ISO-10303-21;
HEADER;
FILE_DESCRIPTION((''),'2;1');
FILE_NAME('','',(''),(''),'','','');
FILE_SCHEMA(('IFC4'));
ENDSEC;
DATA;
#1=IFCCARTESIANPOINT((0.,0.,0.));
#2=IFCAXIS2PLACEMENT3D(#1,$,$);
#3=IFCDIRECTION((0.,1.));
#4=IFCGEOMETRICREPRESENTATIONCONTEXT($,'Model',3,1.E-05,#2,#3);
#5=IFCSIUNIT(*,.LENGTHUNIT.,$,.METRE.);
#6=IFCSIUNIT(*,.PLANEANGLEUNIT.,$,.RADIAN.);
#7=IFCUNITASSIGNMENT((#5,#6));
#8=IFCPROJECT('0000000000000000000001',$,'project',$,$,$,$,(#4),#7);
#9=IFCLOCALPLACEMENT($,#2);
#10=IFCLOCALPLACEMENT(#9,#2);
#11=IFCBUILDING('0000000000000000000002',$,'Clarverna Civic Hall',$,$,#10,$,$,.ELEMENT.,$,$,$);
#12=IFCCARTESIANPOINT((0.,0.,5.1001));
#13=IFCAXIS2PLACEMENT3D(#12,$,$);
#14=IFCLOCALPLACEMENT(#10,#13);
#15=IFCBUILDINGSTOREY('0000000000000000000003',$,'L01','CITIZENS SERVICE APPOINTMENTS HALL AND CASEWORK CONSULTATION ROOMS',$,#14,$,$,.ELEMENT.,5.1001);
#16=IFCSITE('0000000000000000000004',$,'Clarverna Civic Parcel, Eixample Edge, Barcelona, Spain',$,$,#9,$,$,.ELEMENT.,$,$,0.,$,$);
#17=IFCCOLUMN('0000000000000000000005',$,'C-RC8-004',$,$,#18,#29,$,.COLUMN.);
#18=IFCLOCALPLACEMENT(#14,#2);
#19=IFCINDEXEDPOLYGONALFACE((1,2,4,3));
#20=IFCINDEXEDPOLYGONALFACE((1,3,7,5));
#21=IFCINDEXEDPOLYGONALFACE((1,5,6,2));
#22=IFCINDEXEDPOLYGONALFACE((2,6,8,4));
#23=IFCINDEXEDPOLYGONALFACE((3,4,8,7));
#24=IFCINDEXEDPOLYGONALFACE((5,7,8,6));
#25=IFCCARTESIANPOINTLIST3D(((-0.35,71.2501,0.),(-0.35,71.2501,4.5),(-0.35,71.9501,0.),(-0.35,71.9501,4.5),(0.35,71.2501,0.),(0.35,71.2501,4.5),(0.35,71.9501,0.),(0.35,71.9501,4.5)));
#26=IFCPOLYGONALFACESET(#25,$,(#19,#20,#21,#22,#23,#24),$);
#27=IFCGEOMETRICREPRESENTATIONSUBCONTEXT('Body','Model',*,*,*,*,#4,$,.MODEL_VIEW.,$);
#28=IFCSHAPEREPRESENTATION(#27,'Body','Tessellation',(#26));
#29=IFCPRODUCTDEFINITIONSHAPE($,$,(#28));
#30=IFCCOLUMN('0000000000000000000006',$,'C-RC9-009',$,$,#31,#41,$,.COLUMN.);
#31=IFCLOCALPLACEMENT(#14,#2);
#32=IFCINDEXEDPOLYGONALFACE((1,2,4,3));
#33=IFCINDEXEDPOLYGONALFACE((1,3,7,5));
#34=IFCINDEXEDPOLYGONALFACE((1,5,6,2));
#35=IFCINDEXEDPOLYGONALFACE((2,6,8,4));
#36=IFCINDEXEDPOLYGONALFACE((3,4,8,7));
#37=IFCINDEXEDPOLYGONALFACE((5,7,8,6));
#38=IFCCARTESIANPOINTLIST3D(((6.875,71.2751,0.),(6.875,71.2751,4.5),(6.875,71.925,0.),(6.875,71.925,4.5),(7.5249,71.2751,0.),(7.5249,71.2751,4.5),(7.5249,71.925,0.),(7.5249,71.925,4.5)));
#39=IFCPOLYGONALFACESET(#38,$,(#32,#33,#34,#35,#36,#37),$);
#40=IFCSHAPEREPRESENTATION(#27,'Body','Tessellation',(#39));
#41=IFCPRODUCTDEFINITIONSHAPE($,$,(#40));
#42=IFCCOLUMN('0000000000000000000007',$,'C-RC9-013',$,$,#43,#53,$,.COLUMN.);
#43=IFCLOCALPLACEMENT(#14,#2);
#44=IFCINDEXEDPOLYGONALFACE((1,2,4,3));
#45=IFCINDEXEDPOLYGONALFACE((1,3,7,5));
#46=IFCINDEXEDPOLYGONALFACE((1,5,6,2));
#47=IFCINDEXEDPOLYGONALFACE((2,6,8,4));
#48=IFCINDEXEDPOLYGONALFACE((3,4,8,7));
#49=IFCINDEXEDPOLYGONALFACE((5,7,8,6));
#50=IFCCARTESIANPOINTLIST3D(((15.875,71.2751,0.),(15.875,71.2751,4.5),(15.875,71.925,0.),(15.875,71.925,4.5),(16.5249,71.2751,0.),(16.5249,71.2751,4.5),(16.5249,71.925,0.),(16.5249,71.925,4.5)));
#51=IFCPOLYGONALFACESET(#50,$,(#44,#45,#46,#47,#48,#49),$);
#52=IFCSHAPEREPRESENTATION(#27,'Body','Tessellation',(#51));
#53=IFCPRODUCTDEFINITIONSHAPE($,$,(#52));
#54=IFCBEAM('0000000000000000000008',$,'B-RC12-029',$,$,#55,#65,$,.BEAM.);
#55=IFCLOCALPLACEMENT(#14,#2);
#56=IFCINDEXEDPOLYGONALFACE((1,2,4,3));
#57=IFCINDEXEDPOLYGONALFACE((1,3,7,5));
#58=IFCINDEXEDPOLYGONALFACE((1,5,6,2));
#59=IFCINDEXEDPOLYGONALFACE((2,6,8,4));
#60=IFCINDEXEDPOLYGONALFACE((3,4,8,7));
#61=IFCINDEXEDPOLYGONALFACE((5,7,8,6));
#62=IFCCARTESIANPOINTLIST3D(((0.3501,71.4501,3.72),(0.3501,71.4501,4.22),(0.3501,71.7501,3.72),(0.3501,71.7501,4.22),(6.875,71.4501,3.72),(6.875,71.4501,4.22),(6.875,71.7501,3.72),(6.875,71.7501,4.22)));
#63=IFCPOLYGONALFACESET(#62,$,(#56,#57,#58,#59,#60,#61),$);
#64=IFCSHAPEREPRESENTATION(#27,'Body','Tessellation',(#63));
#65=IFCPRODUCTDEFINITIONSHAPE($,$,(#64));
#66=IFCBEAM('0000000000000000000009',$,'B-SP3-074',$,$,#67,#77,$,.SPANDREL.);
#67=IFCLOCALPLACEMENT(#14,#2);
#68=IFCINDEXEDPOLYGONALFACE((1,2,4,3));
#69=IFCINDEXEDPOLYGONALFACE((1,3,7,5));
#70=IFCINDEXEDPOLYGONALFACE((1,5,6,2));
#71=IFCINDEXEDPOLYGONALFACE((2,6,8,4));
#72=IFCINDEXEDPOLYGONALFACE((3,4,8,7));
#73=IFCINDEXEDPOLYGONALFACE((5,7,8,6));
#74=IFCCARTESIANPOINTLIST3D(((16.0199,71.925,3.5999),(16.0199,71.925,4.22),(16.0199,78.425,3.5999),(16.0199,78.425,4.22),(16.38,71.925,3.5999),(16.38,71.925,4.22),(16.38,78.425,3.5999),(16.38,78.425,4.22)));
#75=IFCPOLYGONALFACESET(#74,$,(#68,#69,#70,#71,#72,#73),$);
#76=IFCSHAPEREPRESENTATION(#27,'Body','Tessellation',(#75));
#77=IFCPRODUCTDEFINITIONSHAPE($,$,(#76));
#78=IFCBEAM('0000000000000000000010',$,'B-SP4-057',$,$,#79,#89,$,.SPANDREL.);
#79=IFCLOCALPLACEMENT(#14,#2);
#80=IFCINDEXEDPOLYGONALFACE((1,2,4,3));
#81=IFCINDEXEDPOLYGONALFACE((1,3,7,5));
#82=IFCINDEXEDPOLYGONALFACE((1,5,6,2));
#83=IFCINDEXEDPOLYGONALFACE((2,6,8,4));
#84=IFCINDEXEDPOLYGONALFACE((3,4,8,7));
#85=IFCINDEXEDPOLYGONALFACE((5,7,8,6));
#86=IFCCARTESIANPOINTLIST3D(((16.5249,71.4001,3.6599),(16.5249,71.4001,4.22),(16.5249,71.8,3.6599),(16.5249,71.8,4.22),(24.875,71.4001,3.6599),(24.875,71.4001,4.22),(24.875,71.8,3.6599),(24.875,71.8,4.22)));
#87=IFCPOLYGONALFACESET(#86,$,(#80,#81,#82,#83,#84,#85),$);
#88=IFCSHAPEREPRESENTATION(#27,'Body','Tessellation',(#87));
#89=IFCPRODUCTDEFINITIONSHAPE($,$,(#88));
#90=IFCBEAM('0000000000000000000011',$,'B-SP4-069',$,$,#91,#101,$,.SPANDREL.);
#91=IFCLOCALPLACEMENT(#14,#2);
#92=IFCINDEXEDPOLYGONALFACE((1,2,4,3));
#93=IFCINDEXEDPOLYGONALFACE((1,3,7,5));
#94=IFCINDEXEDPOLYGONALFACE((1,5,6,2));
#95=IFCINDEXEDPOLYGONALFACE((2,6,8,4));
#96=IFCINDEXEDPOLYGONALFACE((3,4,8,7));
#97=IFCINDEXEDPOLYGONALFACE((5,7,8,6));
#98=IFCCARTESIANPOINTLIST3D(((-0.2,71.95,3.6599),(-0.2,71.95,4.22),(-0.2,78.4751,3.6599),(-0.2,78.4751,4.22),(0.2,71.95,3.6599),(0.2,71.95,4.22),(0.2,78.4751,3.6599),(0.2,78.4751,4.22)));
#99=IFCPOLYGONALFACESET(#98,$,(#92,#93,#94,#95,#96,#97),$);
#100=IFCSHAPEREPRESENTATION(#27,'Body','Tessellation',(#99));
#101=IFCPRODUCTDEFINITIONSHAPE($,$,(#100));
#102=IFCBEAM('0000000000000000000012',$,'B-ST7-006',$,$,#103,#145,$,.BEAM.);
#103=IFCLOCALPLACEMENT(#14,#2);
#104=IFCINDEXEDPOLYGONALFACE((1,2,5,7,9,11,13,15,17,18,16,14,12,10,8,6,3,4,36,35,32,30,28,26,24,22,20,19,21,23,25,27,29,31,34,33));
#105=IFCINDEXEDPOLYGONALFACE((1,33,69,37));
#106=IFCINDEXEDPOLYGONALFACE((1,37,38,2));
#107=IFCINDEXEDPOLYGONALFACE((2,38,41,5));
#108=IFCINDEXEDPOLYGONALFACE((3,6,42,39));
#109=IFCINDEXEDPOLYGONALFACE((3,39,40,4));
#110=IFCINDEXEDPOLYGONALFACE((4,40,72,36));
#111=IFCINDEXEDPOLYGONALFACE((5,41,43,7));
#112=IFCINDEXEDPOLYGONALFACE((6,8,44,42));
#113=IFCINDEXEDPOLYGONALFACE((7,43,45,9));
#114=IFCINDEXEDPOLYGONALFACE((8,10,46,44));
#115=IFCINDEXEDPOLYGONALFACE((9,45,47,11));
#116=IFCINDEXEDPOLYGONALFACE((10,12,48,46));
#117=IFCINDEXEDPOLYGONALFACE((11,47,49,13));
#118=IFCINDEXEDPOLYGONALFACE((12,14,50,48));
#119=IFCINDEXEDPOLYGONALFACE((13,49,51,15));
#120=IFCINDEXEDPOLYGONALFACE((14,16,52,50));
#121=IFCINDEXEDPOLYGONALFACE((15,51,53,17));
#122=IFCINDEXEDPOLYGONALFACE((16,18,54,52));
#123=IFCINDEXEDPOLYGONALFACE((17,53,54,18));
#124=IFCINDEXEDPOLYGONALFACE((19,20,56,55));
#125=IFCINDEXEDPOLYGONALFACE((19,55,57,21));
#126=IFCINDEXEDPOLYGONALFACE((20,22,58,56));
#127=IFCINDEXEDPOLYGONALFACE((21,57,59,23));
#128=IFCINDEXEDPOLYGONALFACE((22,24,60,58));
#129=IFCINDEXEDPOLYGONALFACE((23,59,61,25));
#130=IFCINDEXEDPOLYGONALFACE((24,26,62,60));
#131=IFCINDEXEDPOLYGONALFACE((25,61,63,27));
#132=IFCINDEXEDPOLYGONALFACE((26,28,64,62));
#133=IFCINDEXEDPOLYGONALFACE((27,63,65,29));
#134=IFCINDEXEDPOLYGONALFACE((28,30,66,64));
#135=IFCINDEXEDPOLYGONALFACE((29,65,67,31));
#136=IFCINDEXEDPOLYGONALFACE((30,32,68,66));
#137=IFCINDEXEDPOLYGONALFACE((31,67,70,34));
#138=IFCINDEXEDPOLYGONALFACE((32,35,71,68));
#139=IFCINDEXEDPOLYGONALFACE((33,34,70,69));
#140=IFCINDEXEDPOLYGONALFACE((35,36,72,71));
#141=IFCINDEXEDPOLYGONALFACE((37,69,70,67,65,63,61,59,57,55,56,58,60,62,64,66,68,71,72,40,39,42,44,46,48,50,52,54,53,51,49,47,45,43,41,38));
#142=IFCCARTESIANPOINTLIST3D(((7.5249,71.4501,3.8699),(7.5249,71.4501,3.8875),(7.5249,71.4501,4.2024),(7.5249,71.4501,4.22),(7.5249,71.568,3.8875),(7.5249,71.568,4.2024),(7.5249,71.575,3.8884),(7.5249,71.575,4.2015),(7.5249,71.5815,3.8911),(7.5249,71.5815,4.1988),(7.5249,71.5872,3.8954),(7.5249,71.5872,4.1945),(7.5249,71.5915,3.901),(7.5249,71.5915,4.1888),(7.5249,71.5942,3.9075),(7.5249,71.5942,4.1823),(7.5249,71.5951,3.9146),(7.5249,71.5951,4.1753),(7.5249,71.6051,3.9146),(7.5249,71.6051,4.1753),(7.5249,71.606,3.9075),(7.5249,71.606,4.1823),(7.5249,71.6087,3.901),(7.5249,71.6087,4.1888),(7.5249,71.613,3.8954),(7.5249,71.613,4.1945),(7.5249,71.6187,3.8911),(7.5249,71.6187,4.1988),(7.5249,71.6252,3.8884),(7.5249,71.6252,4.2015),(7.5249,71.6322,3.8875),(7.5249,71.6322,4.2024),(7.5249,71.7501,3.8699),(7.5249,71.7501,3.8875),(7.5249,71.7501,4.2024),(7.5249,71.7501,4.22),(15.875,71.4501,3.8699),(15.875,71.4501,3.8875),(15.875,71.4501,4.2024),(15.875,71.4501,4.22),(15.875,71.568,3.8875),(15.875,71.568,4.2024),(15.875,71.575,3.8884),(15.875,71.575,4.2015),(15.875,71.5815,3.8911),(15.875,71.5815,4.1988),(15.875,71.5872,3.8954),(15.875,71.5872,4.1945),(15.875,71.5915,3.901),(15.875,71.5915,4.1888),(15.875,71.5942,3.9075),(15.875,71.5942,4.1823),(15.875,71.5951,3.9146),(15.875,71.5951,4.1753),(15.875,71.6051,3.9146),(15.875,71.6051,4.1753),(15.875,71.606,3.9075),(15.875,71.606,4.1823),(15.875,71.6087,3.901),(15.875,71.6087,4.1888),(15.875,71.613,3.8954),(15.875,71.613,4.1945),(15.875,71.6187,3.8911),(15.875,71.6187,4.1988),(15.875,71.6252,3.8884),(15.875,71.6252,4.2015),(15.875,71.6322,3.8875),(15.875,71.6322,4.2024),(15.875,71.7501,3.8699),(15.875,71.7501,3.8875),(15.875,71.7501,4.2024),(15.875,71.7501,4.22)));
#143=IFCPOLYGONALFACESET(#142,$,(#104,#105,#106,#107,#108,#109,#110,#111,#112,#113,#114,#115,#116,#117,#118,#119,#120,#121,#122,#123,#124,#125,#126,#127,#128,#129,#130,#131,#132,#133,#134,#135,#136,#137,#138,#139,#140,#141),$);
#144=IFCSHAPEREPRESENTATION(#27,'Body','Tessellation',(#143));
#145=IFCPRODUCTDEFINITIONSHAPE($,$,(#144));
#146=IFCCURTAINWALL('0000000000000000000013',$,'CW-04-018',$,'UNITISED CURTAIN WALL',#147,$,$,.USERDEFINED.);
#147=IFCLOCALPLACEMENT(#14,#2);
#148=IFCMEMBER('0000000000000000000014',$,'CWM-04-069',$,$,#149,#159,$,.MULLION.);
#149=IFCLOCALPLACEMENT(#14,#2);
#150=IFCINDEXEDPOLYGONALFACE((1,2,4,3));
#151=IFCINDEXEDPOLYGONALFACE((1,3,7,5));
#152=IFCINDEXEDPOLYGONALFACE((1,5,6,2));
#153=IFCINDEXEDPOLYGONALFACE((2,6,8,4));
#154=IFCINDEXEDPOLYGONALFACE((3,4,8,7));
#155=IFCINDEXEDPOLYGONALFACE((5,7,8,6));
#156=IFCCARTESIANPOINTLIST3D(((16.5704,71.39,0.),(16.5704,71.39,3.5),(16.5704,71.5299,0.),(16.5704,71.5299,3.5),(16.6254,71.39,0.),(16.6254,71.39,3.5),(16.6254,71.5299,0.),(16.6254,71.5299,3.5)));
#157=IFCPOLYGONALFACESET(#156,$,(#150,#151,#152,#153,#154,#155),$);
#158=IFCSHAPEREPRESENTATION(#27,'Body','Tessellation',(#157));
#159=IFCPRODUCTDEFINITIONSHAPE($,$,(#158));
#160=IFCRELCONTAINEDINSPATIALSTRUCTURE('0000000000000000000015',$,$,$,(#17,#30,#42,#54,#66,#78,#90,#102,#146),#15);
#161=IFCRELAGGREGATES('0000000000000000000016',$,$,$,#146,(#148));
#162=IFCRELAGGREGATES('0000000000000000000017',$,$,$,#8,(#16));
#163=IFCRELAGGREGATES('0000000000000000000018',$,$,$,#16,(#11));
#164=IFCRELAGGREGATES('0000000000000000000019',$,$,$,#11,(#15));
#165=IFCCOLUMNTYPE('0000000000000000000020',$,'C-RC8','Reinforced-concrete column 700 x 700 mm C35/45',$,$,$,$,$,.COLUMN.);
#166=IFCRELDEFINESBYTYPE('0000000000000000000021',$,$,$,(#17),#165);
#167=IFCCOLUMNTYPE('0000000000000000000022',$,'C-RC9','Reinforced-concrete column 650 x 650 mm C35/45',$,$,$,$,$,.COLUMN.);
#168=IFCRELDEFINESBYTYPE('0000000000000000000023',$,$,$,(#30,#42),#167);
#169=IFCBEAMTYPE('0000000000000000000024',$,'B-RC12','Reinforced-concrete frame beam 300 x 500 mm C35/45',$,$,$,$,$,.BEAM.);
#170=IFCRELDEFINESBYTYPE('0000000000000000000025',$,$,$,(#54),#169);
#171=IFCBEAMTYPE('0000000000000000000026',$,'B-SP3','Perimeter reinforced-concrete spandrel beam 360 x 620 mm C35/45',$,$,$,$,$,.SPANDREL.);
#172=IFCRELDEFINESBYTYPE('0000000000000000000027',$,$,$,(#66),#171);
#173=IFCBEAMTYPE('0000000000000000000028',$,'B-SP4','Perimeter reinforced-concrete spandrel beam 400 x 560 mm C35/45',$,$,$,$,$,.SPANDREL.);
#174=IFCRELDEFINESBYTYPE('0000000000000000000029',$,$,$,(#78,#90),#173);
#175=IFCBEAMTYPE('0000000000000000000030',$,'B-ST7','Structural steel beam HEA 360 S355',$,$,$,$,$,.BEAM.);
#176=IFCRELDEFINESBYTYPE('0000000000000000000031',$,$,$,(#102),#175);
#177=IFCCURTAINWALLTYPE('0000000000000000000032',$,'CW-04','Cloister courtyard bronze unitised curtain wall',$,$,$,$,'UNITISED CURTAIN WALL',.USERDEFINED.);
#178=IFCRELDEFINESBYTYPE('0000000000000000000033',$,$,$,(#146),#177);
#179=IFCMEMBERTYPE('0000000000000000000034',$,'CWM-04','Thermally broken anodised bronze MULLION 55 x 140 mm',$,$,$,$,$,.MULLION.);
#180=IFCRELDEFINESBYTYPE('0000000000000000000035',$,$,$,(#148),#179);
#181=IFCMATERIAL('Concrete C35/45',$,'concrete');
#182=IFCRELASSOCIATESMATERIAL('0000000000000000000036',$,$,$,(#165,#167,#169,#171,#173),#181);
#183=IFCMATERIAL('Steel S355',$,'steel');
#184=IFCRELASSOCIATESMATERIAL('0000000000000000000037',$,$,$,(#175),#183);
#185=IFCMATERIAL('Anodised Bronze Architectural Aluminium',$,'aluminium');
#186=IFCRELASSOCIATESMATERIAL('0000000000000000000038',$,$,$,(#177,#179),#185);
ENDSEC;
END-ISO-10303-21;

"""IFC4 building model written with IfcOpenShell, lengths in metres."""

from ifc_helpers import new_model, si_unit, direction, frame, origin, origin_2d, place, context, subcontext, project, spatial, rectangle, i_section, extrude, material, material_profile, profile_set, type_object, element, aggregate, save


model = new_model("IFC4")

# Units and contexts
model_context = context("Model", 3, precision=1e-05, world=origin(), true_north=direction((0.0, 1.0)))
body_context = subcontext(model_context, "Body", "Model", "MODEL_VIEW")
ifc_project = project(units=[si_unit("LENGTHUNIT", "METRE"), si_unit("PLANEANGLEUNIT", "RADIAN")], contexts=[model_context])

# Site, building, storey
site_placement = place(None, origin())
site = spatial("IfcSite", under=ifc_project, at=site_placement, Name="Clarverna Civic Parcel, Eixample Edge, Barcelona, Spain", CompositionType="ELEMENT", RefElevation=0.0)
building_placement = place(site_placement, origin())
building = spatial("IfcBuilding", under=site, at=building_placement, Name="Clarverna Civic Hall", CompositionType="ELEMENT")
storey_placement = place(building_placement, frame((0.0, 0.0, 5.1001)))
storey = spatial("IfcBuildingStorey", under=building, at=storey_placement, Name="L01", Description="CITIZENS SERVICE APPOINTMENTS HALL AND CASEWORK CONSULTATION ROOMS", CompositionType="ELEMENT", Elevation=5.1001)

# Columns
ifc_material_1 = material(Name="Concrete C35/45", Category="concrete")
ifc_material_profile_1 = material_profile(ifc_material_1, rectangle(XDim=0.7, YDim=0.7, at=origin_2d()), Name="RC 700x700")
ifc_profile_set_1 = profile_set([ifc_material_profile_1], Name="Concrete C35/45")
column_type_1 = type_object("IfcColumnType", Name="C-RC8", Description="Reinforced-concrete column 700 x 700 mm C35/45", PredefinedType="COLUMN", material=ifc_profile_set_1)
column_placement = place(storey_placement, frame((0.0, 71.6001, 0.0), z_axis=(0.0, 0.0, 1.0), x_axis=(1.0, 0.0, 0.0)))
element("IfcColumn", 1, at=column_placement, inside=storey, type_object=column_type_1, Name="C-RC8-004", PredefinedType="COLUMN", context=body_context, shape_type="SweptSolid", body=[
    extrude(rectangle(XDim=0.7, YDim=0.7, at=origin_2d()), origin(), (0.0, 0.0, 1.0), 4.5),
])
ifc_material_profile_2 = material_profile(ifc_material_1, rectangle(XDim=0.6499, YDim=0.6499, at=origin_2d()), Name="RC 650x650")
ifc_profile_set_2 = profile_set([ifc_material_profile_2], Name="Concrete C35/45")
column_type_2 = type_object("IfcColumnType", Name="C-RC9", Description="Reinforced-concrete column 650 x 650 mm C35/45", PredefinedType="COLUMN", material=ifc_profile_set_2)
for number, where, z_axis, x_axis, name in (
    (2, (7.2, 71.6001, 0.0), (0.0, 0.0, 1.0), (1.0, 0.0, 0.0), "C-RC9-009"),
    (3, (16.2, 71.6001, 0.0), (0.0, 0.0, 1.0), (1.0, 0.0, 0.0), "C-RC9-013"),
):
    element("IfcColumn", number, at=place(storey_placement, frame(where, z_axis=z_axis, x_axis=x_axis)), inside=storey, type_object=column_type_2, Name=name, PredefinedType="COLUMN", context=body_context, shape_type="SweptSolid", body=[
        extrude(rectangle(XDim=0.6499, YDim=0.6499, at=origin_2d()), origin(), (0.0, 0.0, 1.0), 4.5),
    ])

# Beams
ifc_material_profile_3 = material_profile(ifc_material_1, rectangle(XDim=0.3, YDim=0.5, at=origin_2d()), Name="RC 300x500")
ifc_profile_set_3 = profile_set([ifc_material_profile_3], Name="Concrete C35/45")
beam_type_1 = type_object("IfcBeamType", Name="B-RC12", Description="Reinforced-concrete frame beam 300 x 500 mm C35/45", PredefinedType="BEAM", material=ifc_profile_set_3)
beam_1_placement = place(storey_placement, frame((0.3501, 71.6001, 3.97), z_axis=(1.0, 0.0, 0.0), x_axis=(0.0, 1.0, 0.0)))
element("IfcBeam", 4, at=beam_1_placement, inside=storey, type_object=beam_type_1, Name="B-RC12-029", PredefinedType="BEAM", context=body_context, shape_type="SweptSolid", body=[
    extrude(rectangle(XDim=0.3, YDim=0.5, at=origin_2d()), origin(), (0.0, 0.0, 1.0), 6.5249),
])
ifc_material_profile_4 = material_profile(ifc_material_1, rectangle(XDim=0.3601, YDim=0.6201, at=origin_2d()), Name="RC 360x620")
ifc_profile_set_4 = profile_set([ifc_material_profile_4], Name="Concrete C35/45")
beam_type_2 = type_object("IfcBeamType", Name="B-SP3", Description="Perimeter reinforced-concrete spandrel beam 360 x 620 mm C35/45", PredefinedType="SPANDREL", material=ifc_profile_set_4)
beam_2_placement = place(storey_placement, frame((16.2, 71.925, 3.9099), z_axis=(0.0, 1.0, 0.0), x_axis=(-1.0, 0.0, 0.0)))
element("IfcBeam", 5, at=beam_2_placement, inside=storey, type_object=beam_type_2, Name="B-SP3-074", PredefinedType="SPANDREL", context=body_context, shape_type="SweptSolid", body=[
    extrude(rectangle(XDim=0.3601, YDim=0.6201, at=origin_2d()), origin(), (0.0, 0.0, 1.0), 6.5),
])
ifc_material_profile_5 = material_profile(ifc_material_1, rectangle(XDim=0.3999, YDim=0.5601, at=origin_2d()), Name="RC 400x560")
ifc_profile_set_5 = profile_set([ifc_material_profile_5], Name="Concrete C35/45")
beam_type_3 = type_object("IfcBeamType", Name="B-SP4", Description="Perimeter reinforced-concrete spandrel beam 400 x 560 mm C35/45", PredefinedType="SPANDREL", material=ifc_profile_set_5)
beam_3_placement = place(storey_placement, frame((16.5249, 71.6001, 3.9399), z_axis=(1.0, 0.0, 0.0), x_axis=(0.0, 1.0, 0.0)))
element("IfcBeam", 6, at=beam_3_placement, inside=storey, type_object=beam_type_3, Name="B-SP4-057", PredefinedType="SPANDREL", context=body_context, shape_type="SweptSolid", body=[
    extrude(rectangle(XDim=0.3999, YDim=0.5601, at=origin_2d()), origin(), (0.0, 0.0, 1.0), 8.3501),
])
beam_4_placement = place(storey_placement, frame((0.0, 71.95, 3.9399), z_axis=(0.0, 1.0, 0.0), x_axis=(-1.0, 0.0, 0.0)))
element("IfcBeam", 7, at=beam_4_placement, inside=storey, type_object=beam_type_3, Name="B-SP4-069", PredefinedType="SPANDREL", context=body_context, shape_type="SweptSolid", body=[
    extrude(rectangle(XDim=0.3999, YDim=0.5601, at=origin_2d()), origin(), (0.0, 0.0, 1.0), 6.5251),
])
ifc_material_2 = material(Name="Steel S355", Category="steel")
ifc_material_profile_6 = material_profile(ifc_material_2, i_section(OverallWidth=0.3, OverallDepth=0.3501, WebThickness=0.01, FlangeThickness=0.0176, FilletRadius=0.0271, at=origin_2d()), Name="HEA 360")
ifc_profile_set_6 = profile_set([ifc_material_profile_6], Name="Steel S355")
beam_type_4 = type_object("IfcBeamType", Name="B-ST7", Description="Structural steel beam HEA 360 S355", PredefinedType="BEAM", material=ifc_profile_set_6)
beam_5_placement = place(storey_placement, frame((7.5249, 71.6001, 4.0449), z_axis=(1.0, 0.0, 0.0), x_axis=(0.0, 1.0, 0.0)))
element("IfcBeam", 8, at=beam_5_placement, inside=storey, type_object=beam_type_4, Name="B-ST7-006", PredefinedType="BEAM", context=body_context, shape_type="SweptSolid", body=[
    extrude(i_section(OverallWidth=0.3, OverallDepth=0.3501, WebThickness=0.01, FlangeThickness=0.0176, FilletRadius=0.0271, at=origin_2d()), origin(), (0.0, 0.0, 1.0), 8.3501),
])

# Curtain wall, member
ifc_material_3 = material(Name="Anodised Bronze Architectural Aluminium", Category="aluminium")
curtain_wall_type = type_object("IfcCurtainWallType", Name="CW-04", Description="Cloister courtyard bronze unitised curtain wall", ElementType="UNITISED CURTAIN WALL", PredefinedType="USERDEFINED", material=ifc_material_3)
curtain_wall_placement = place(storey_placement, origin())
curtain_wall = element("IfcCurtainWall", 9, at=curtain_wall_placement, inside=storey, type_object=curtain_wall_type, Name="CW-04-018", ObjectType="UNITISED CURTAIN WALL", PredefinedType="USERDEFINED")
ifc_material_profile_7 = material_profile(ifc_material_3, rectangle(XDim=0.0549, YDim=0.1399, at=origin_2d()), Name="BRONZE 55x140")
ifc_profile_set_7 = profile_set([ifc_material_profile_7], Name="Anodised Bronze Architectural Aluminium")
member_type = type_object("IfcMemberType", Name="CWM-04", Description="Thermally broken anodised bronze MULLION 55 x 140 mm", PredefinedType="MULLION", material=ifc_profile_set_7)
member_placement = place(storey_placement, frame((16.5979, 71.46, 0.0), z_axis=(0.0, 0.0, 1.0), x_axis=(1.0, 0.0, 0.0)))
member = element("IfcMember", 10, at=member_placement, type_object=member_type, Name="CWM-04-069", PredefinedType="MULLION", context=body_context, shape_type="SweptSolid", body=[
    extrude(rectangle(XDim=0.0549, YDim=0.1399, at=origin_2d()), origin(), (0.0, 0.0, 1.0), 3.5),
])
aggregate(curtain_wall, [member])

save(model, "model.ifc")
